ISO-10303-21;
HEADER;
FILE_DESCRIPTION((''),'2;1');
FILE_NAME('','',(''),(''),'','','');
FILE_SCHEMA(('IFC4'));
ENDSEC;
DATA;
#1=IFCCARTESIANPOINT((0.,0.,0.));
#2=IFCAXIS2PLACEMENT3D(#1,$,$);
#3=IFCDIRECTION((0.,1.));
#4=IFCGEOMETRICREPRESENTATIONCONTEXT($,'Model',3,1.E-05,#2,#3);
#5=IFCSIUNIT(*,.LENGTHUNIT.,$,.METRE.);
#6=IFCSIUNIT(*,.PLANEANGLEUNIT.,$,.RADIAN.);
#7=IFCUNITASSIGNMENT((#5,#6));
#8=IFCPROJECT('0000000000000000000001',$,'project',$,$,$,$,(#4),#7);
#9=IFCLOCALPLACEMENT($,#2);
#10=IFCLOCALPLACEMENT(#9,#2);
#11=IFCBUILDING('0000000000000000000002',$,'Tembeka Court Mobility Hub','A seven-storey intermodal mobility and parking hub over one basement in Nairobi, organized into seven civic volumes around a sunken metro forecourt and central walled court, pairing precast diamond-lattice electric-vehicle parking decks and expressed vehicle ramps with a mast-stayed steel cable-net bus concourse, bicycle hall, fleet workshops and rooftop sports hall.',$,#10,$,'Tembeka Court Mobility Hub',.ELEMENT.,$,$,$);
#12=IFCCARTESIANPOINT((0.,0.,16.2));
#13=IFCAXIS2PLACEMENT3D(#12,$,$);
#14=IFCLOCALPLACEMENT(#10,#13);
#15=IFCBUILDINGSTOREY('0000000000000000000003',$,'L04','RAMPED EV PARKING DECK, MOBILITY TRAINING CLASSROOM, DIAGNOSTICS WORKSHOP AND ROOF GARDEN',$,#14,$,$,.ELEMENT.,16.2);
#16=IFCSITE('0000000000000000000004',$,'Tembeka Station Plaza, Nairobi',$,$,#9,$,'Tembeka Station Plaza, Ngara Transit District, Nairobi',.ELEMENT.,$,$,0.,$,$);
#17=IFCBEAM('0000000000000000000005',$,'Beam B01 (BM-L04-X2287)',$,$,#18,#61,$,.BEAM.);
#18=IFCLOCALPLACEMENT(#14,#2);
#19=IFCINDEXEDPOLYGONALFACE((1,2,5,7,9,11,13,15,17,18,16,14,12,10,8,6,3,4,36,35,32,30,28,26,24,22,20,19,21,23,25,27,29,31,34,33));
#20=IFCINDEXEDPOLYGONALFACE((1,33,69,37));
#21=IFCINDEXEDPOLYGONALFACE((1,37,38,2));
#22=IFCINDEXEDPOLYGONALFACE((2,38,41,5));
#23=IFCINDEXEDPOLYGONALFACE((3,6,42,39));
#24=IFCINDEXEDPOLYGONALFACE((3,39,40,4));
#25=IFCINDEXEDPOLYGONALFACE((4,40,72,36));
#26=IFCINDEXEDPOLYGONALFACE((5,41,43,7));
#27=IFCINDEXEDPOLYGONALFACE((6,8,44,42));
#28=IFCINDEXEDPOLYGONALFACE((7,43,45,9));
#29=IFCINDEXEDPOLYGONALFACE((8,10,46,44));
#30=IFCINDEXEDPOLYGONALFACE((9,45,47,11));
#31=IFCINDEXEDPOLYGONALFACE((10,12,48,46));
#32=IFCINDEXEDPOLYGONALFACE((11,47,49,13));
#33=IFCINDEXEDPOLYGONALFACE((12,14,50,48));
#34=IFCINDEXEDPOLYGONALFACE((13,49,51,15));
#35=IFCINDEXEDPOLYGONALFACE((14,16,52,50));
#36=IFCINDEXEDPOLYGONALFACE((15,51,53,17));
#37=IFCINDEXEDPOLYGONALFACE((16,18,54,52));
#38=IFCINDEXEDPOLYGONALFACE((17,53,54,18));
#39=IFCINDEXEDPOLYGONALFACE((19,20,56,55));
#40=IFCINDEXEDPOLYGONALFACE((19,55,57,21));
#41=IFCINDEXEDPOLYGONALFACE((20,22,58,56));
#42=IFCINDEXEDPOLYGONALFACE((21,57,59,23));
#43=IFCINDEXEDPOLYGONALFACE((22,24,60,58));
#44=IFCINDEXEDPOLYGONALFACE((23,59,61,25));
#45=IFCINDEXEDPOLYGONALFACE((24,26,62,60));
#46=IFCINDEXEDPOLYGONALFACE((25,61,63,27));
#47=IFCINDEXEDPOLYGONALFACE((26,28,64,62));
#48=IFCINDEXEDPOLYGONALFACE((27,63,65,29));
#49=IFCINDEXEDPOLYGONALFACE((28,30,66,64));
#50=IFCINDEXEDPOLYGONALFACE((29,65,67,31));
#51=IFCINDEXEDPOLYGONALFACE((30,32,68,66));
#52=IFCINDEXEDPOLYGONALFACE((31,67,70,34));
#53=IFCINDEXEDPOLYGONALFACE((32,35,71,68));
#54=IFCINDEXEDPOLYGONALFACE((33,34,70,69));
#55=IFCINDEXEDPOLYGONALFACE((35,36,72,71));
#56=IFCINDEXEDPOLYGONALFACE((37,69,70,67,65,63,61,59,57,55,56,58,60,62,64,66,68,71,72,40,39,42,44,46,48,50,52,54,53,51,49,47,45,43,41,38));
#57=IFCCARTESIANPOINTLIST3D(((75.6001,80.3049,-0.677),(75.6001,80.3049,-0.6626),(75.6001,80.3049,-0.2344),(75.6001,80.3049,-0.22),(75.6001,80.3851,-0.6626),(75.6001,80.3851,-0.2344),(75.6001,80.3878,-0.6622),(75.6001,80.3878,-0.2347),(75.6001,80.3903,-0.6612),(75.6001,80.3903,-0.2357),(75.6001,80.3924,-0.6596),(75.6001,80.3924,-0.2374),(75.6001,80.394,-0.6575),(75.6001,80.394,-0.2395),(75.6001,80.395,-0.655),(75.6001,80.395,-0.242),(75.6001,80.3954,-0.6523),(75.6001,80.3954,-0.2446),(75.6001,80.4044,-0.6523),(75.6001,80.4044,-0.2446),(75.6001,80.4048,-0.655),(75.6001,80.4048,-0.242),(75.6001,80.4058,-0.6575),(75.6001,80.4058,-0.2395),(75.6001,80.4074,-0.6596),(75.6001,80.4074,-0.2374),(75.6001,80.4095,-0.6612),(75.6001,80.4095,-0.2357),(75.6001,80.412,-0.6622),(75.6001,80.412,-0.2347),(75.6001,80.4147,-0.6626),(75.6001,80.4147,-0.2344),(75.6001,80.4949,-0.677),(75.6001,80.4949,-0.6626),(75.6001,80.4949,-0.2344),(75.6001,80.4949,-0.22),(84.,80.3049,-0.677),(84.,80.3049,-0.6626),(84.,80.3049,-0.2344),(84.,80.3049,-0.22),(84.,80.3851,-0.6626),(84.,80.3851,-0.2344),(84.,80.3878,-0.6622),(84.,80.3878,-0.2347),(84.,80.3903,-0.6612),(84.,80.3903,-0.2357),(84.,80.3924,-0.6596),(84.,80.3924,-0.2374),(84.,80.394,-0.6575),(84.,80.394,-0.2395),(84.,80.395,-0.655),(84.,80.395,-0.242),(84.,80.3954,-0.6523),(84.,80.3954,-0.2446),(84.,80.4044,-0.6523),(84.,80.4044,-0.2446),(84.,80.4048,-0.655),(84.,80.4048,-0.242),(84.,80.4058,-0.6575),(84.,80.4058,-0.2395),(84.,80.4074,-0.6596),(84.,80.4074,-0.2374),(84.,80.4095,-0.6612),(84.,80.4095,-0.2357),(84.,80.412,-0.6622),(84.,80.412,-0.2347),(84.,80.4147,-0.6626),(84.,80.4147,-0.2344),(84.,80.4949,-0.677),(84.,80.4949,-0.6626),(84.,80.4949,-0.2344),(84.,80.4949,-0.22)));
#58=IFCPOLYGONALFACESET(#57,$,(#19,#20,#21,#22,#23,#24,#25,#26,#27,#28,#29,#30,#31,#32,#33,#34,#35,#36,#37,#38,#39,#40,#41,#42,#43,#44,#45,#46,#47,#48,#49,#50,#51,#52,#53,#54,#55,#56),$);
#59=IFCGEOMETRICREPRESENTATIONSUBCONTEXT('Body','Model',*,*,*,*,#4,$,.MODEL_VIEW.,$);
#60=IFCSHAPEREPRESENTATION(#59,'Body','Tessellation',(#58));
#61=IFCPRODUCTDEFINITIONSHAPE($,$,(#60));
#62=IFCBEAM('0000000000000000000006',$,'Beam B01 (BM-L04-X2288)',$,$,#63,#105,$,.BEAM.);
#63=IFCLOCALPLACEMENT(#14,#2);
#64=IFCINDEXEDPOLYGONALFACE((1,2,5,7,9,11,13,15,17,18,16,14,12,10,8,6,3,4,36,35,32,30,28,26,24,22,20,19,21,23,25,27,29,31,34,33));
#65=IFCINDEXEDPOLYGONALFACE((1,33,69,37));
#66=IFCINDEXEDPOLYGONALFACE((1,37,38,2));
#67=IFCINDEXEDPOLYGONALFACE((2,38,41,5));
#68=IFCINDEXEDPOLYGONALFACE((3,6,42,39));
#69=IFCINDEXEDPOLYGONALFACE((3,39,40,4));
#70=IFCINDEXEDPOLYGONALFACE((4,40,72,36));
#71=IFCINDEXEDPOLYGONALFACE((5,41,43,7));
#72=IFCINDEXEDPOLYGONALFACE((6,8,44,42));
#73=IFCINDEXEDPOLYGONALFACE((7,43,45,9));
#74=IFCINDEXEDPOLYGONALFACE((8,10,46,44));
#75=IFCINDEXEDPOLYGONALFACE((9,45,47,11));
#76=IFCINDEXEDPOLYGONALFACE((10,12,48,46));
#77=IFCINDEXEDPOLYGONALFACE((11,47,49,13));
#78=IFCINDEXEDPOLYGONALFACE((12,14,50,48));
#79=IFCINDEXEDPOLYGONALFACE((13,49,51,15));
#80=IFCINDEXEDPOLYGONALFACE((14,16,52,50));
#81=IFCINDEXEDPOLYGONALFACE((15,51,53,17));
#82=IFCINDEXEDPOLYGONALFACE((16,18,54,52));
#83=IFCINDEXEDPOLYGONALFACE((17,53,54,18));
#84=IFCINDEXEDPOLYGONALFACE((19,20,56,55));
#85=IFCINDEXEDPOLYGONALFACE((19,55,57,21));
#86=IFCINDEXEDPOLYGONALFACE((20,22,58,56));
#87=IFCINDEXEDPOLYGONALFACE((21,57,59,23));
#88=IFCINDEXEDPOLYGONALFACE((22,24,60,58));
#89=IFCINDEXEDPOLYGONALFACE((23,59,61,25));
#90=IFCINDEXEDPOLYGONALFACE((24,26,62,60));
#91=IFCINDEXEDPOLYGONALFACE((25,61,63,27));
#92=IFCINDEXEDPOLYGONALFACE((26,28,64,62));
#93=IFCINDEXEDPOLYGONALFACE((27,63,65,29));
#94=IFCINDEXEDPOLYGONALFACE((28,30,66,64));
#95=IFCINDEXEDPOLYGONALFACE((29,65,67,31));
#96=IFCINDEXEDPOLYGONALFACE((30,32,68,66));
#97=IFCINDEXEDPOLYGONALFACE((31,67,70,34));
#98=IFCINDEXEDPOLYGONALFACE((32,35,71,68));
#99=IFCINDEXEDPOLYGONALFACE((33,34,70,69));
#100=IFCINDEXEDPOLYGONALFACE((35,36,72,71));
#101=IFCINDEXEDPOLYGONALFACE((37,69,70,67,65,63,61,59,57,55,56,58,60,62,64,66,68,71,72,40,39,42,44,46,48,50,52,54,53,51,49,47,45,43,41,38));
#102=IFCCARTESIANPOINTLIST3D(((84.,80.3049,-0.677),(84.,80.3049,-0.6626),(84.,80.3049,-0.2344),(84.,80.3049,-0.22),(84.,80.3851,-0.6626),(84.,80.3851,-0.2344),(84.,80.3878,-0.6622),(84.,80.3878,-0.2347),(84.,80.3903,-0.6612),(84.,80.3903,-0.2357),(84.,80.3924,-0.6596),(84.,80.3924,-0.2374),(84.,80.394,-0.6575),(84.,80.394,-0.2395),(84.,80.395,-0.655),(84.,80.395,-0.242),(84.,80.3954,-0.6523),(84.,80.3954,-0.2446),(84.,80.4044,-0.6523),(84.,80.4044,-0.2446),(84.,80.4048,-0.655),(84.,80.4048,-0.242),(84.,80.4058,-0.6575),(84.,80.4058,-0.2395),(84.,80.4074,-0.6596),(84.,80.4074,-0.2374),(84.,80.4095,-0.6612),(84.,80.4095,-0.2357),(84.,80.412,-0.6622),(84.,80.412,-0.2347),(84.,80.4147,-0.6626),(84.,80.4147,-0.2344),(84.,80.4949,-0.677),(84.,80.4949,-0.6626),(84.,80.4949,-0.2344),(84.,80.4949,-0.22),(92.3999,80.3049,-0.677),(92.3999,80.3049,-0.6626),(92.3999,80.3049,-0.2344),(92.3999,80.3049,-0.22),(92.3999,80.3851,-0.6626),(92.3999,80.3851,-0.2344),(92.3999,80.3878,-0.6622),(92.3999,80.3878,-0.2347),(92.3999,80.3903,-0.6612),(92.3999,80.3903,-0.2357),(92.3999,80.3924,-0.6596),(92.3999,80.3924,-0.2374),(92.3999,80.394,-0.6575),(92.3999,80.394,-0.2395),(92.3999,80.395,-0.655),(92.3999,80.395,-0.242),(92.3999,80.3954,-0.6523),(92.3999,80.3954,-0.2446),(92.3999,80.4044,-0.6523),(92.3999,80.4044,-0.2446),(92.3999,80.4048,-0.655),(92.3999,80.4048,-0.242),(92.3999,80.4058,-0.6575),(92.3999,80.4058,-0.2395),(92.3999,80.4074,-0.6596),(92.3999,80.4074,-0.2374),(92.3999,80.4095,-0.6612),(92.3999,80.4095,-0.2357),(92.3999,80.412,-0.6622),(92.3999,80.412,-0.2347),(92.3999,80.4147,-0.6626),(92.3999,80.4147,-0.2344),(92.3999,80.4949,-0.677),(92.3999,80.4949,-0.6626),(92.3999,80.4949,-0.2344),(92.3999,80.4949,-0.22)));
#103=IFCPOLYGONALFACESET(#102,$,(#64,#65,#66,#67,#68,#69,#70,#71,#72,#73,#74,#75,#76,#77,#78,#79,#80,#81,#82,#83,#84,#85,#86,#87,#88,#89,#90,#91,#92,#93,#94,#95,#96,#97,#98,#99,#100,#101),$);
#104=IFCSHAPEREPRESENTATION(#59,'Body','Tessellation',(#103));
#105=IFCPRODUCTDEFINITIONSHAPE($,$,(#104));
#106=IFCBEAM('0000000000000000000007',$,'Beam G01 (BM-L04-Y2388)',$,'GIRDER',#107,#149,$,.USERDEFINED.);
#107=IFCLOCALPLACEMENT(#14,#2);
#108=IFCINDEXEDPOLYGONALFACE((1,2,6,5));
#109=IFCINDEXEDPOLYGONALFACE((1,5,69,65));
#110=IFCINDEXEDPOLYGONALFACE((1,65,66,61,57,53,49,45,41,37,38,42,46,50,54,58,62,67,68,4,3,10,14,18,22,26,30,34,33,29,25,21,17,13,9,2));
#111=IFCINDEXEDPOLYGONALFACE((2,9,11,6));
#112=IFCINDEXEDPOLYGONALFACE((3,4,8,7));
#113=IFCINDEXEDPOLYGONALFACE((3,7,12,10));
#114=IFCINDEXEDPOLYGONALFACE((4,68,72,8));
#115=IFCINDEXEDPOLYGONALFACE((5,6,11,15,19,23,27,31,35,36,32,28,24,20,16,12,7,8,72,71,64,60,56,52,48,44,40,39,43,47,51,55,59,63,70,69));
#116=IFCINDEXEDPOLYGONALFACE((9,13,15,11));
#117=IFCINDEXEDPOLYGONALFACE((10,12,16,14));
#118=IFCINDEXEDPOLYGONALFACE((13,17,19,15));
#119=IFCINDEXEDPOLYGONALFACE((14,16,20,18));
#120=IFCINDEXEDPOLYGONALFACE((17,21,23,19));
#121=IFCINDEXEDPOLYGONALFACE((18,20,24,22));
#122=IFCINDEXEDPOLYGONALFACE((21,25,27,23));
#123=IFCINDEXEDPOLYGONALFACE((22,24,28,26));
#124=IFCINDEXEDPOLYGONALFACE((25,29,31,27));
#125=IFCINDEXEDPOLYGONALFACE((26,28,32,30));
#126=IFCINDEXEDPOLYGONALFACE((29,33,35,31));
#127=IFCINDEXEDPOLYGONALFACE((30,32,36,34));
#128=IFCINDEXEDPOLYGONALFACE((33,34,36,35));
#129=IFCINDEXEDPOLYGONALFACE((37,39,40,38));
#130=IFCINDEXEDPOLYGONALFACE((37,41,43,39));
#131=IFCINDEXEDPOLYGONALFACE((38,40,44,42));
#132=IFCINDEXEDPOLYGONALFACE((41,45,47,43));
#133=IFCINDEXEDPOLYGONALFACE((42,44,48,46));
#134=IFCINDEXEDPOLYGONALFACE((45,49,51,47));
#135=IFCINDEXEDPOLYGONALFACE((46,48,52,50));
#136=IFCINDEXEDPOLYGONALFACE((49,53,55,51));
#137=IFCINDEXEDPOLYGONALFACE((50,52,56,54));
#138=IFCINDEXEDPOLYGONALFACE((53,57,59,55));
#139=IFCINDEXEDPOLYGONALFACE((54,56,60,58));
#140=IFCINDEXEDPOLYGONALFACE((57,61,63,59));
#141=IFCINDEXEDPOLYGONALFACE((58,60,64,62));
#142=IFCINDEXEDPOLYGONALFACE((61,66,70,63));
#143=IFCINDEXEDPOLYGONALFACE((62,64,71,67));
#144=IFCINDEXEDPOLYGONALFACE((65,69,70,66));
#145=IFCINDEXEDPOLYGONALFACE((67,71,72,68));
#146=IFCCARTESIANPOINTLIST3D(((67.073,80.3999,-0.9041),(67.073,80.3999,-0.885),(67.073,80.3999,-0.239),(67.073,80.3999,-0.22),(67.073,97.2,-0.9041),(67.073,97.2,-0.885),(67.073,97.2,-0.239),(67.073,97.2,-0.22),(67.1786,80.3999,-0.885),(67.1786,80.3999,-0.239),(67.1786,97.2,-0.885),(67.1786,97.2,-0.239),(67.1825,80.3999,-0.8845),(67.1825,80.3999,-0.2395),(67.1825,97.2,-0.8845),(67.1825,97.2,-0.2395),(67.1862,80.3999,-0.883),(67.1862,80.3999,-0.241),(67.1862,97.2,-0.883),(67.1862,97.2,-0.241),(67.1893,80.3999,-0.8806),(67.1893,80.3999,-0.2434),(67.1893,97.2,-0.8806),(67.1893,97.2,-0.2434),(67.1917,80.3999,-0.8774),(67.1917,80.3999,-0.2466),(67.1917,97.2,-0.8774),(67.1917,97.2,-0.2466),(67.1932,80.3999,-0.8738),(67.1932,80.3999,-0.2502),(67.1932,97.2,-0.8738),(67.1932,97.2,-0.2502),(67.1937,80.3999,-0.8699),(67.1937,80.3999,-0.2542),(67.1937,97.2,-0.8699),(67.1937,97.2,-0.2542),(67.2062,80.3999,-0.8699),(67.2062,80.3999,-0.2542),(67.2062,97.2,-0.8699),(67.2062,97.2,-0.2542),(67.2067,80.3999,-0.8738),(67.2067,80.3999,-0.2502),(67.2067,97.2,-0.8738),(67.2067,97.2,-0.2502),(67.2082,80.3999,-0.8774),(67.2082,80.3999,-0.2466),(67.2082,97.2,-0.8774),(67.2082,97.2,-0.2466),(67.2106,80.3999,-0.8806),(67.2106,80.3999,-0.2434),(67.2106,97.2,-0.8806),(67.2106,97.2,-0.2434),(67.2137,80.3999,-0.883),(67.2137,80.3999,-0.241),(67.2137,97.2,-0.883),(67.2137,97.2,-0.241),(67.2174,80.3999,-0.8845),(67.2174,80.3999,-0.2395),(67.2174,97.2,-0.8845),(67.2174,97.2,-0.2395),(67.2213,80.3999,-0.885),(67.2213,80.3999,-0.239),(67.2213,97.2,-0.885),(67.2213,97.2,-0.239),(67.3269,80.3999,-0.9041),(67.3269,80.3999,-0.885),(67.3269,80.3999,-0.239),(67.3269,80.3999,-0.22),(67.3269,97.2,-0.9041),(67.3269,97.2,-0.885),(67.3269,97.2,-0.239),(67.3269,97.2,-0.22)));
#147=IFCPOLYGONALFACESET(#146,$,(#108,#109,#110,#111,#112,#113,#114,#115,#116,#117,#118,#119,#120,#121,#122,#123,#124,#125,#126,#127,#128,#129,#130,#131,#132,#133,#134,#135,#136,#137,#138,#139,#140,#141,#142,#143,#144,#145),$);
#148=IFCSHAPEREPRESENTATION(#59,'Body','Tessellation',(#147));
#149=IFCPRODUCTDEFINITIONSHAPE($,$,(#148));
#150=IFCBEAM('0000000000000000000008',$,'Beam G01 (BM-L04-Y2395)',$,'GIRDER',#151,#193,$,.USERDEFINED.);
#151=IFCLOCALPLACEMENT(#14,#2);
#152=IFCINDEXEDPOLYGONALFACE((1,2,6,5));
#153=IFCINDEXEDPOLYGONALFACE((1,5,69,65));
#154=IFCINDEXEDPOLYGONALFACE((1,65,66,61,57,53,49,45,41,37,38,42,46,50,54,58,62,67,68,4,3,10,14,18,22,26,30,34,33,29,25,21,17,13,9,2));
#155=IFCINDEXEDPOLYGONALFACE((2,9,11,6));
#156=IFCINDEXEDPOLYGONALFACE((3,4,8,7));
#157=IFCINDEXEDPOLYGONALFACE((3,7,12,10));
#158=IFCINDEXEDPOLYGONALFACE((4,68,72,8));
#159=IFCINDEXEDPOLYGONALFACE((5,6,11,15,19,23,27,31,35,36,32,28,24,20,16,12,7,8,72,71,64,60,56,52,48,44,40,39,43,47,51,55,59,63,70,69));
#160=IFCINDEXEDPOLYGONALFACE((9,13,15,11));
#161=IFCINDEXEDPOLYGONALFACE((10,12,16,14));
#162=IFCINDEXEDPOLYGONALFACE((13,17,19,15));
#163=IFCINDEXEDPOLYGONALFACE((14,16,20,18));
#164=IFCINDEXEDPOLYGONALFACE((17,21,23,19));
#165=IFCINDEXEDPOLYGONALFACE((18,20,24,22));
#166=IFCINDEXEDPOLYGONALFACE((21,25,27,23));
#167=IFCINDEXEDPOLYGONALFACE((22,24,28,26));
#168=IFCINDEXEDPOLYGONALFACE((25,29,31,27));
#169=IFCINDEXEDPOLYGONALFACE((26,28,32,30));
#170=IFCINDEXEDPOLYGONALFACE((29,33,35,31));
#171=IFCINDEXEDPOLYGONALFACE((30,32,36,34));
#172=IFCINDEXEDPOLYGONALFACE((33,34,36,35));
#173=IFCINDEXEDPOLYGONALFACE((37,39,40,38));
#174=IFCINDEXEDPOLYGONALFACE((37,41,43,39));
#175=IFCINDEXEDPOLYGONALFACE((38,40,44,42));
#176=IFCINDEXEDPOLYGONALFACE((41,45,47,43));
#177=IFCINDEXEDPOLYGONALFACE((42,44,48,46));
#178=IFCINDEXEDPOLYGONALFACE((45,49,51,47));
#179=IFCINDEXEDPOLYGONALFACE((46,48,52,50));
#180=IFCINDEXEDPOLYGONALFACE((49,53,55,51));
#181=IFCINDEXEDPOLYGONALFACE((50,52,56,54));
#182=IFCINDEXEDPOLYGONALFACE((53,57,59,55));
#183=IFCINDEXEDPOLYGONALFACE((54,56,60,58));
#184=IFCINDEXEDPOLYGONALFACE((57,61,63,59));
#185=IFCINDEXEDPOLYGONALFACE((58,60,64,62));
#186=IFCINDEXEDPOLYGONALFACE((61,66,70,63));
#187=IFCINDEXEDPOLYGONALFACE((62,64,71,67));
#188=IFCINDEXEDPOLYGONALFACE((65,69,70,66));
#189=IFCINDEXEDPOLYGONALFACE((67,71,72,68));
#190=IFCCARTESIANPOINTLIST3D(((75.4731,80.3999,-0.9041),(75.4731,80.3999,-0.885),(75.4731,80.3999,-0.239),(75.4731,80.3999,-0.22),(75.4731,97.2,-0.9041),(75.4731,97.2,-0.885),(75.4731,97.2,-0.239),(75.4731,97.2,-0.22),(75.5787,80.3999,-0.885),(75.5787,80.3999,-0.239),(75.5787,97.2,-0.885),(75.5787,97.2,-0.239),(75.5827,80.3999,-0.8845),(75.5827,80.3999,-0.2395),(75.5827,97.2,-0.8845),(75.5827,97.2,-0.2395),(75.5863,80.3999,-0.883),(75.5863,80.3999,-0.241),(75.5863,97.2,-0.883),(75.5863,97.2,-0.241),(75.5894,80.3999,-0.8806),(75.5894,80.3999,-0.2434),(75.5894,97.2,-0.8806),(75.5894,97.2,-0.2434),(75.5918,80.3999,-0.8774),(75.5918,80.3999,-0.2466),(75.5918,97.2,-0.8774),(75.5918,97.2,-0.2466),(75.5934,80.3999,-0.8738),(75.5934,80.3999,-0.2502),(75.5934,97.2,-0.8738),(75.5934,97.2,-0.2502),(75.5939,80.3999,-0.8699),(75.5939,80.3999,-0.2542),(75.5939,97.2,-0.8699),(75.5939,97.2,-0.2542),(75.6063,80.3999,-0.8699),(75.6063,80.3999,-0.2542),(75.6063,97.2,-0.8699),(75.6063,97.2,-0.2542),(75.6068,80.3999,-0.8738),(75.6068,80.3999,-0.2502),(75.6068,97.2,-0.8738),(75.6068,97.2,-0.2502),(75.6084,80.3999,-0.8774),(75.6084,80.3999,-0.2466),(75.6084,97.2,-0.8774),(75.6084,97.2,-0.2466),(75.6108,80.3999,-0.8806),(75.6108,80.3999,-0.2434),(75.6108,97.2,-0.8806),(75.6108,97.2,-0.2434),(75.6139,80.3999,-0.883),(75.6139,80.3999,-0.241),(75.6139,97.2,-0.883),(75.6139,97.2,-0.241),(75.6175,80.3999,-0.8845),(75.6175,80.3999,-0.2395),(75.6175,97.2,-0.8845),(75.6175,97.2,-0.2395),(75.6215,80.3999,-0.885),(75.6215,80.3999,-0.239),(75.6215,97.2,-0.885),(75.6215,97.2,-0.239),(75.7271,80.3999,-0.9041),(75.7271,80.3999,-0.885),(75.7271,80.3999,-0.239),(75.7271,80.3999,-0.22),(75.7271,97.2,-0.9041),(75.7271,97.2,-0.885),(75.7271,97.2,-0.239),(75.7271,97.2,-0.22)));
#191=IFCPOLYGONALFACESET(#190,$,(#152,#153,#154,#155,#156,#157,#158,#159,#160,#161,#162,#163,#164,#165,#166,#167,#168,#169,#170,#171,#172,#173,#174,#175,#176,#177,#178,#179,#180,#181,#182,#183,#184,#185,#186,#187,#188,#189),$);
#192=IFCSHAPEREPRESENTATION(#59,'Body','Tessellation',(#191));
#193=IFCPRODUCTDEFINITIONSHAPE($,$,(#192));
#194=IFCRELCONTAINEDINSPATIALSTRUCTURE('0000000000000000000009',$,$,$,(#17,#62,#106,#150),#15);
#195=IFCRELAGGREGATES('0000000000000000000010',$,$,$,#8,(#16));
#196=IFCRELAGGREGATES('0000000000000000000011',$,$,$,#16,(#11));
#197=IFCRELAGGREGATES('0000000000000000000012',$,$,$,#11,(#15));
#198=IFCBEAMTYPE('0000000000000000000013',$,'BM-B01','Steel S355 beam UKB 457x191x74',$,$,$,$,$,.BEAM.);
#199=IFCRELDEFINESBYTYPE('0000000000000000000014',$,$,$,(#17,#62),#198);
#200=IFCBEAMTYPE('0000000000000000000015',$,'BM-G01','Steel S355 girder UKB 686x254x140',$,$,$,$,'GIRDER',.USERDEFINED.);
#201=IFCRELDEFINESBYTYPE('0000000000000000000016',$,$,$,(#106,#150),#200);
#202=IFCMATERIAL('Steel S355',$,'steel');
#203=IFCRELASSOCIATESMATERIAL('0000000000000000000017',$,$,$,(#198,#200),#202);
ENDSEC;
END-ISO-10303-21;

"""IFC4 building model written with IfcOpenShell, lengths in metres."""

from ifc_helpers import new_model, si_unit, direction, frame, origin, origin_2d, place, context, subcontext, project, spatial, i_section, extrude, material, material_profile, profile_set, type_object, element, save


model = new_model("IFC4")

# Units and contexts
model_context = context("Model", 3, precision=1e-05, world=origin(), true_north=direction((0.0, 1.0)))
body_context = subcontext(model_context, "Body", "Model", "MODEL_VIEW")
ifc_project = project(units=[si_unit("LENGTHUNIT", "METRE"), si_unit("PLANEANGLEUNIT", "RADIAN")], contexts=[model_context])

# Site, building, storey
site_placement = place(None, origin())
site = spatial("IfcSite", under=ifc_project, at=site_placement, Name="Tembeka Station Plaza, Nairobi", LongName="Tembeka Station Plaza, Ngara Transit District, Nairobi", CompositionType="ELEMENT", RefElevation=0.0)
building_placement = place(site_placement, origin())
building = spatial("IfcBuilding", under=site, at=building_placement, Name="Tembeka Court Mobility Hub", Description="A seven-storey intermodal mobility and parking hub over one basement in Nairobi, organized into seven civic volumes around a sunken metro forecourt and central walled court, pairing precast diamond-lattice electric-vehicle parking decks and expressed vehicle ramps with a mast-stayed steel cable-net bus concourse, bicycle hall, fleet workshops and rooftop sports hall.", LongName="Tembeka Court Mobility Hub", CompositionType="ELEMENT")
storey_placement = place(building_placement, frame((0.0, 0.0, 16.2)))
storey = spatial("IfcBuildingStorey", under=building, at=storey_placement, Name="L04", Description="RAMPED EV PARKING DECK, MOBILITY TRAINING CLASSROOM, DIAGNOSTICS WORKSHOP AND ROOF GARDEN", CompositionType="ELEMENT", Elevation=16.2)

# Shared definitions
ifc_material_1 = material(Name="Steel S355", Category="steel")

# Beams
ifc_material_profile_1 = material_profile(ifc_material_1, i_section(OverallWidth=0.1899, OverallDepth=0.457, WebThickness=0.009, FlangeThickness=0.0144, FilletRadius=0.0103, at=origin_2d()), Name="UKB 457x191x74")
ifc_profile_set_1 = profile_set([ifc_material_profile_1], Name="Steel S355")
beam_type_1 = type_object("IfcBeamType", Name="BM-B01", Description="Steel S355 beam UKB 457x191x74", PredefinedType="BEAM", material=ifc_profile_set_1)
for number, where, z_axis, x_axis, name in (
    (1, (75.6001, 80.3999, -0.4485), (1.0, 0.0, 0.0), (0.0, 1.0, 0.0), "Beam B01 (BM-L04-X2287)"),
    (2, (84.0, 80.3999, -0.4485), (1.0, 0.0, 0.0), (0.0, 1.0, 0.0), "Beam B01 (BM-L04-X2288)"),
):
    element("IfcBeam", number, at=place(storey_placement, frame(where, z_axis=z_axis, x_axis=x_axis)), inside=storey, type_object=beam_type_1, Name=name, PredefinedType="BEAM", context=body_context, shape_type="SweptSolid", body=[
        extrude(i_section(OverallWidth=0.1899, OverallDepth=0.457, WebThickness=0.009, FlangeThickness=0.0144, FilletRadius=0.0103, at=origin_2d()), origin(), (0.0, 0.0, 1.0), 8.3999),
    ])
ifc_material_profile_2 = material_profile(ifc_material_1, i_section(OverallWidth=0.2539, OverallDepth=0.6841, WebThickness=0.0125, FlangeThickness=0.019, FilletRadius=0.0151, at=origin_2d()), Name="UKB 686x254x140")
ifc_profile_set_2 = profile_set([ifc_material_profile_2], Name="Steel S355")
beam_type_2 = type_object("IfcBeamType", Name="BM-G01", Description="Steel S355 girder UKB 686x254x140", ElementType="GIRDER", PredefinedType="USERDEFINED", material=ifc_profile_set_2)
for number, where, z_axis, x_axis, name in (
    (3, (67.2, 80.3999, -0.562), (0.0, 1.0, 0.0), (-1.0, 0.0, 0.0), "Beam G01 (BM-L04-Y2388)"),
    (4, (75.6001, 80.3999, -0.562), (0.0, 1.0, 0.0), (-1.0, 0.0, 0.0), "Beam G01 (BM-L04-Y2395)"),
):
    element("IfcBeam", number, at=place(storey_placement, frame(where, z_axis=z_axis, x_axis=x_axis)), inside=storey, type_object=beam_type_2, Name=name, ObjectType="GIRDER", PredefinedType="USERDEFINED", context=body_context, shape_type="SweptSolid", body=[
        extrude(i_section(OverallWidth=0.2539, OverallDepth=0.6841, WebThickness=0.0125, FlangeThickness=0.019, FilletRadius=0.0151, at=origin_2d()), origin(), (0.0, 0.0, 1.0), 16.8),
    ])

save(model, "model.ifc")
